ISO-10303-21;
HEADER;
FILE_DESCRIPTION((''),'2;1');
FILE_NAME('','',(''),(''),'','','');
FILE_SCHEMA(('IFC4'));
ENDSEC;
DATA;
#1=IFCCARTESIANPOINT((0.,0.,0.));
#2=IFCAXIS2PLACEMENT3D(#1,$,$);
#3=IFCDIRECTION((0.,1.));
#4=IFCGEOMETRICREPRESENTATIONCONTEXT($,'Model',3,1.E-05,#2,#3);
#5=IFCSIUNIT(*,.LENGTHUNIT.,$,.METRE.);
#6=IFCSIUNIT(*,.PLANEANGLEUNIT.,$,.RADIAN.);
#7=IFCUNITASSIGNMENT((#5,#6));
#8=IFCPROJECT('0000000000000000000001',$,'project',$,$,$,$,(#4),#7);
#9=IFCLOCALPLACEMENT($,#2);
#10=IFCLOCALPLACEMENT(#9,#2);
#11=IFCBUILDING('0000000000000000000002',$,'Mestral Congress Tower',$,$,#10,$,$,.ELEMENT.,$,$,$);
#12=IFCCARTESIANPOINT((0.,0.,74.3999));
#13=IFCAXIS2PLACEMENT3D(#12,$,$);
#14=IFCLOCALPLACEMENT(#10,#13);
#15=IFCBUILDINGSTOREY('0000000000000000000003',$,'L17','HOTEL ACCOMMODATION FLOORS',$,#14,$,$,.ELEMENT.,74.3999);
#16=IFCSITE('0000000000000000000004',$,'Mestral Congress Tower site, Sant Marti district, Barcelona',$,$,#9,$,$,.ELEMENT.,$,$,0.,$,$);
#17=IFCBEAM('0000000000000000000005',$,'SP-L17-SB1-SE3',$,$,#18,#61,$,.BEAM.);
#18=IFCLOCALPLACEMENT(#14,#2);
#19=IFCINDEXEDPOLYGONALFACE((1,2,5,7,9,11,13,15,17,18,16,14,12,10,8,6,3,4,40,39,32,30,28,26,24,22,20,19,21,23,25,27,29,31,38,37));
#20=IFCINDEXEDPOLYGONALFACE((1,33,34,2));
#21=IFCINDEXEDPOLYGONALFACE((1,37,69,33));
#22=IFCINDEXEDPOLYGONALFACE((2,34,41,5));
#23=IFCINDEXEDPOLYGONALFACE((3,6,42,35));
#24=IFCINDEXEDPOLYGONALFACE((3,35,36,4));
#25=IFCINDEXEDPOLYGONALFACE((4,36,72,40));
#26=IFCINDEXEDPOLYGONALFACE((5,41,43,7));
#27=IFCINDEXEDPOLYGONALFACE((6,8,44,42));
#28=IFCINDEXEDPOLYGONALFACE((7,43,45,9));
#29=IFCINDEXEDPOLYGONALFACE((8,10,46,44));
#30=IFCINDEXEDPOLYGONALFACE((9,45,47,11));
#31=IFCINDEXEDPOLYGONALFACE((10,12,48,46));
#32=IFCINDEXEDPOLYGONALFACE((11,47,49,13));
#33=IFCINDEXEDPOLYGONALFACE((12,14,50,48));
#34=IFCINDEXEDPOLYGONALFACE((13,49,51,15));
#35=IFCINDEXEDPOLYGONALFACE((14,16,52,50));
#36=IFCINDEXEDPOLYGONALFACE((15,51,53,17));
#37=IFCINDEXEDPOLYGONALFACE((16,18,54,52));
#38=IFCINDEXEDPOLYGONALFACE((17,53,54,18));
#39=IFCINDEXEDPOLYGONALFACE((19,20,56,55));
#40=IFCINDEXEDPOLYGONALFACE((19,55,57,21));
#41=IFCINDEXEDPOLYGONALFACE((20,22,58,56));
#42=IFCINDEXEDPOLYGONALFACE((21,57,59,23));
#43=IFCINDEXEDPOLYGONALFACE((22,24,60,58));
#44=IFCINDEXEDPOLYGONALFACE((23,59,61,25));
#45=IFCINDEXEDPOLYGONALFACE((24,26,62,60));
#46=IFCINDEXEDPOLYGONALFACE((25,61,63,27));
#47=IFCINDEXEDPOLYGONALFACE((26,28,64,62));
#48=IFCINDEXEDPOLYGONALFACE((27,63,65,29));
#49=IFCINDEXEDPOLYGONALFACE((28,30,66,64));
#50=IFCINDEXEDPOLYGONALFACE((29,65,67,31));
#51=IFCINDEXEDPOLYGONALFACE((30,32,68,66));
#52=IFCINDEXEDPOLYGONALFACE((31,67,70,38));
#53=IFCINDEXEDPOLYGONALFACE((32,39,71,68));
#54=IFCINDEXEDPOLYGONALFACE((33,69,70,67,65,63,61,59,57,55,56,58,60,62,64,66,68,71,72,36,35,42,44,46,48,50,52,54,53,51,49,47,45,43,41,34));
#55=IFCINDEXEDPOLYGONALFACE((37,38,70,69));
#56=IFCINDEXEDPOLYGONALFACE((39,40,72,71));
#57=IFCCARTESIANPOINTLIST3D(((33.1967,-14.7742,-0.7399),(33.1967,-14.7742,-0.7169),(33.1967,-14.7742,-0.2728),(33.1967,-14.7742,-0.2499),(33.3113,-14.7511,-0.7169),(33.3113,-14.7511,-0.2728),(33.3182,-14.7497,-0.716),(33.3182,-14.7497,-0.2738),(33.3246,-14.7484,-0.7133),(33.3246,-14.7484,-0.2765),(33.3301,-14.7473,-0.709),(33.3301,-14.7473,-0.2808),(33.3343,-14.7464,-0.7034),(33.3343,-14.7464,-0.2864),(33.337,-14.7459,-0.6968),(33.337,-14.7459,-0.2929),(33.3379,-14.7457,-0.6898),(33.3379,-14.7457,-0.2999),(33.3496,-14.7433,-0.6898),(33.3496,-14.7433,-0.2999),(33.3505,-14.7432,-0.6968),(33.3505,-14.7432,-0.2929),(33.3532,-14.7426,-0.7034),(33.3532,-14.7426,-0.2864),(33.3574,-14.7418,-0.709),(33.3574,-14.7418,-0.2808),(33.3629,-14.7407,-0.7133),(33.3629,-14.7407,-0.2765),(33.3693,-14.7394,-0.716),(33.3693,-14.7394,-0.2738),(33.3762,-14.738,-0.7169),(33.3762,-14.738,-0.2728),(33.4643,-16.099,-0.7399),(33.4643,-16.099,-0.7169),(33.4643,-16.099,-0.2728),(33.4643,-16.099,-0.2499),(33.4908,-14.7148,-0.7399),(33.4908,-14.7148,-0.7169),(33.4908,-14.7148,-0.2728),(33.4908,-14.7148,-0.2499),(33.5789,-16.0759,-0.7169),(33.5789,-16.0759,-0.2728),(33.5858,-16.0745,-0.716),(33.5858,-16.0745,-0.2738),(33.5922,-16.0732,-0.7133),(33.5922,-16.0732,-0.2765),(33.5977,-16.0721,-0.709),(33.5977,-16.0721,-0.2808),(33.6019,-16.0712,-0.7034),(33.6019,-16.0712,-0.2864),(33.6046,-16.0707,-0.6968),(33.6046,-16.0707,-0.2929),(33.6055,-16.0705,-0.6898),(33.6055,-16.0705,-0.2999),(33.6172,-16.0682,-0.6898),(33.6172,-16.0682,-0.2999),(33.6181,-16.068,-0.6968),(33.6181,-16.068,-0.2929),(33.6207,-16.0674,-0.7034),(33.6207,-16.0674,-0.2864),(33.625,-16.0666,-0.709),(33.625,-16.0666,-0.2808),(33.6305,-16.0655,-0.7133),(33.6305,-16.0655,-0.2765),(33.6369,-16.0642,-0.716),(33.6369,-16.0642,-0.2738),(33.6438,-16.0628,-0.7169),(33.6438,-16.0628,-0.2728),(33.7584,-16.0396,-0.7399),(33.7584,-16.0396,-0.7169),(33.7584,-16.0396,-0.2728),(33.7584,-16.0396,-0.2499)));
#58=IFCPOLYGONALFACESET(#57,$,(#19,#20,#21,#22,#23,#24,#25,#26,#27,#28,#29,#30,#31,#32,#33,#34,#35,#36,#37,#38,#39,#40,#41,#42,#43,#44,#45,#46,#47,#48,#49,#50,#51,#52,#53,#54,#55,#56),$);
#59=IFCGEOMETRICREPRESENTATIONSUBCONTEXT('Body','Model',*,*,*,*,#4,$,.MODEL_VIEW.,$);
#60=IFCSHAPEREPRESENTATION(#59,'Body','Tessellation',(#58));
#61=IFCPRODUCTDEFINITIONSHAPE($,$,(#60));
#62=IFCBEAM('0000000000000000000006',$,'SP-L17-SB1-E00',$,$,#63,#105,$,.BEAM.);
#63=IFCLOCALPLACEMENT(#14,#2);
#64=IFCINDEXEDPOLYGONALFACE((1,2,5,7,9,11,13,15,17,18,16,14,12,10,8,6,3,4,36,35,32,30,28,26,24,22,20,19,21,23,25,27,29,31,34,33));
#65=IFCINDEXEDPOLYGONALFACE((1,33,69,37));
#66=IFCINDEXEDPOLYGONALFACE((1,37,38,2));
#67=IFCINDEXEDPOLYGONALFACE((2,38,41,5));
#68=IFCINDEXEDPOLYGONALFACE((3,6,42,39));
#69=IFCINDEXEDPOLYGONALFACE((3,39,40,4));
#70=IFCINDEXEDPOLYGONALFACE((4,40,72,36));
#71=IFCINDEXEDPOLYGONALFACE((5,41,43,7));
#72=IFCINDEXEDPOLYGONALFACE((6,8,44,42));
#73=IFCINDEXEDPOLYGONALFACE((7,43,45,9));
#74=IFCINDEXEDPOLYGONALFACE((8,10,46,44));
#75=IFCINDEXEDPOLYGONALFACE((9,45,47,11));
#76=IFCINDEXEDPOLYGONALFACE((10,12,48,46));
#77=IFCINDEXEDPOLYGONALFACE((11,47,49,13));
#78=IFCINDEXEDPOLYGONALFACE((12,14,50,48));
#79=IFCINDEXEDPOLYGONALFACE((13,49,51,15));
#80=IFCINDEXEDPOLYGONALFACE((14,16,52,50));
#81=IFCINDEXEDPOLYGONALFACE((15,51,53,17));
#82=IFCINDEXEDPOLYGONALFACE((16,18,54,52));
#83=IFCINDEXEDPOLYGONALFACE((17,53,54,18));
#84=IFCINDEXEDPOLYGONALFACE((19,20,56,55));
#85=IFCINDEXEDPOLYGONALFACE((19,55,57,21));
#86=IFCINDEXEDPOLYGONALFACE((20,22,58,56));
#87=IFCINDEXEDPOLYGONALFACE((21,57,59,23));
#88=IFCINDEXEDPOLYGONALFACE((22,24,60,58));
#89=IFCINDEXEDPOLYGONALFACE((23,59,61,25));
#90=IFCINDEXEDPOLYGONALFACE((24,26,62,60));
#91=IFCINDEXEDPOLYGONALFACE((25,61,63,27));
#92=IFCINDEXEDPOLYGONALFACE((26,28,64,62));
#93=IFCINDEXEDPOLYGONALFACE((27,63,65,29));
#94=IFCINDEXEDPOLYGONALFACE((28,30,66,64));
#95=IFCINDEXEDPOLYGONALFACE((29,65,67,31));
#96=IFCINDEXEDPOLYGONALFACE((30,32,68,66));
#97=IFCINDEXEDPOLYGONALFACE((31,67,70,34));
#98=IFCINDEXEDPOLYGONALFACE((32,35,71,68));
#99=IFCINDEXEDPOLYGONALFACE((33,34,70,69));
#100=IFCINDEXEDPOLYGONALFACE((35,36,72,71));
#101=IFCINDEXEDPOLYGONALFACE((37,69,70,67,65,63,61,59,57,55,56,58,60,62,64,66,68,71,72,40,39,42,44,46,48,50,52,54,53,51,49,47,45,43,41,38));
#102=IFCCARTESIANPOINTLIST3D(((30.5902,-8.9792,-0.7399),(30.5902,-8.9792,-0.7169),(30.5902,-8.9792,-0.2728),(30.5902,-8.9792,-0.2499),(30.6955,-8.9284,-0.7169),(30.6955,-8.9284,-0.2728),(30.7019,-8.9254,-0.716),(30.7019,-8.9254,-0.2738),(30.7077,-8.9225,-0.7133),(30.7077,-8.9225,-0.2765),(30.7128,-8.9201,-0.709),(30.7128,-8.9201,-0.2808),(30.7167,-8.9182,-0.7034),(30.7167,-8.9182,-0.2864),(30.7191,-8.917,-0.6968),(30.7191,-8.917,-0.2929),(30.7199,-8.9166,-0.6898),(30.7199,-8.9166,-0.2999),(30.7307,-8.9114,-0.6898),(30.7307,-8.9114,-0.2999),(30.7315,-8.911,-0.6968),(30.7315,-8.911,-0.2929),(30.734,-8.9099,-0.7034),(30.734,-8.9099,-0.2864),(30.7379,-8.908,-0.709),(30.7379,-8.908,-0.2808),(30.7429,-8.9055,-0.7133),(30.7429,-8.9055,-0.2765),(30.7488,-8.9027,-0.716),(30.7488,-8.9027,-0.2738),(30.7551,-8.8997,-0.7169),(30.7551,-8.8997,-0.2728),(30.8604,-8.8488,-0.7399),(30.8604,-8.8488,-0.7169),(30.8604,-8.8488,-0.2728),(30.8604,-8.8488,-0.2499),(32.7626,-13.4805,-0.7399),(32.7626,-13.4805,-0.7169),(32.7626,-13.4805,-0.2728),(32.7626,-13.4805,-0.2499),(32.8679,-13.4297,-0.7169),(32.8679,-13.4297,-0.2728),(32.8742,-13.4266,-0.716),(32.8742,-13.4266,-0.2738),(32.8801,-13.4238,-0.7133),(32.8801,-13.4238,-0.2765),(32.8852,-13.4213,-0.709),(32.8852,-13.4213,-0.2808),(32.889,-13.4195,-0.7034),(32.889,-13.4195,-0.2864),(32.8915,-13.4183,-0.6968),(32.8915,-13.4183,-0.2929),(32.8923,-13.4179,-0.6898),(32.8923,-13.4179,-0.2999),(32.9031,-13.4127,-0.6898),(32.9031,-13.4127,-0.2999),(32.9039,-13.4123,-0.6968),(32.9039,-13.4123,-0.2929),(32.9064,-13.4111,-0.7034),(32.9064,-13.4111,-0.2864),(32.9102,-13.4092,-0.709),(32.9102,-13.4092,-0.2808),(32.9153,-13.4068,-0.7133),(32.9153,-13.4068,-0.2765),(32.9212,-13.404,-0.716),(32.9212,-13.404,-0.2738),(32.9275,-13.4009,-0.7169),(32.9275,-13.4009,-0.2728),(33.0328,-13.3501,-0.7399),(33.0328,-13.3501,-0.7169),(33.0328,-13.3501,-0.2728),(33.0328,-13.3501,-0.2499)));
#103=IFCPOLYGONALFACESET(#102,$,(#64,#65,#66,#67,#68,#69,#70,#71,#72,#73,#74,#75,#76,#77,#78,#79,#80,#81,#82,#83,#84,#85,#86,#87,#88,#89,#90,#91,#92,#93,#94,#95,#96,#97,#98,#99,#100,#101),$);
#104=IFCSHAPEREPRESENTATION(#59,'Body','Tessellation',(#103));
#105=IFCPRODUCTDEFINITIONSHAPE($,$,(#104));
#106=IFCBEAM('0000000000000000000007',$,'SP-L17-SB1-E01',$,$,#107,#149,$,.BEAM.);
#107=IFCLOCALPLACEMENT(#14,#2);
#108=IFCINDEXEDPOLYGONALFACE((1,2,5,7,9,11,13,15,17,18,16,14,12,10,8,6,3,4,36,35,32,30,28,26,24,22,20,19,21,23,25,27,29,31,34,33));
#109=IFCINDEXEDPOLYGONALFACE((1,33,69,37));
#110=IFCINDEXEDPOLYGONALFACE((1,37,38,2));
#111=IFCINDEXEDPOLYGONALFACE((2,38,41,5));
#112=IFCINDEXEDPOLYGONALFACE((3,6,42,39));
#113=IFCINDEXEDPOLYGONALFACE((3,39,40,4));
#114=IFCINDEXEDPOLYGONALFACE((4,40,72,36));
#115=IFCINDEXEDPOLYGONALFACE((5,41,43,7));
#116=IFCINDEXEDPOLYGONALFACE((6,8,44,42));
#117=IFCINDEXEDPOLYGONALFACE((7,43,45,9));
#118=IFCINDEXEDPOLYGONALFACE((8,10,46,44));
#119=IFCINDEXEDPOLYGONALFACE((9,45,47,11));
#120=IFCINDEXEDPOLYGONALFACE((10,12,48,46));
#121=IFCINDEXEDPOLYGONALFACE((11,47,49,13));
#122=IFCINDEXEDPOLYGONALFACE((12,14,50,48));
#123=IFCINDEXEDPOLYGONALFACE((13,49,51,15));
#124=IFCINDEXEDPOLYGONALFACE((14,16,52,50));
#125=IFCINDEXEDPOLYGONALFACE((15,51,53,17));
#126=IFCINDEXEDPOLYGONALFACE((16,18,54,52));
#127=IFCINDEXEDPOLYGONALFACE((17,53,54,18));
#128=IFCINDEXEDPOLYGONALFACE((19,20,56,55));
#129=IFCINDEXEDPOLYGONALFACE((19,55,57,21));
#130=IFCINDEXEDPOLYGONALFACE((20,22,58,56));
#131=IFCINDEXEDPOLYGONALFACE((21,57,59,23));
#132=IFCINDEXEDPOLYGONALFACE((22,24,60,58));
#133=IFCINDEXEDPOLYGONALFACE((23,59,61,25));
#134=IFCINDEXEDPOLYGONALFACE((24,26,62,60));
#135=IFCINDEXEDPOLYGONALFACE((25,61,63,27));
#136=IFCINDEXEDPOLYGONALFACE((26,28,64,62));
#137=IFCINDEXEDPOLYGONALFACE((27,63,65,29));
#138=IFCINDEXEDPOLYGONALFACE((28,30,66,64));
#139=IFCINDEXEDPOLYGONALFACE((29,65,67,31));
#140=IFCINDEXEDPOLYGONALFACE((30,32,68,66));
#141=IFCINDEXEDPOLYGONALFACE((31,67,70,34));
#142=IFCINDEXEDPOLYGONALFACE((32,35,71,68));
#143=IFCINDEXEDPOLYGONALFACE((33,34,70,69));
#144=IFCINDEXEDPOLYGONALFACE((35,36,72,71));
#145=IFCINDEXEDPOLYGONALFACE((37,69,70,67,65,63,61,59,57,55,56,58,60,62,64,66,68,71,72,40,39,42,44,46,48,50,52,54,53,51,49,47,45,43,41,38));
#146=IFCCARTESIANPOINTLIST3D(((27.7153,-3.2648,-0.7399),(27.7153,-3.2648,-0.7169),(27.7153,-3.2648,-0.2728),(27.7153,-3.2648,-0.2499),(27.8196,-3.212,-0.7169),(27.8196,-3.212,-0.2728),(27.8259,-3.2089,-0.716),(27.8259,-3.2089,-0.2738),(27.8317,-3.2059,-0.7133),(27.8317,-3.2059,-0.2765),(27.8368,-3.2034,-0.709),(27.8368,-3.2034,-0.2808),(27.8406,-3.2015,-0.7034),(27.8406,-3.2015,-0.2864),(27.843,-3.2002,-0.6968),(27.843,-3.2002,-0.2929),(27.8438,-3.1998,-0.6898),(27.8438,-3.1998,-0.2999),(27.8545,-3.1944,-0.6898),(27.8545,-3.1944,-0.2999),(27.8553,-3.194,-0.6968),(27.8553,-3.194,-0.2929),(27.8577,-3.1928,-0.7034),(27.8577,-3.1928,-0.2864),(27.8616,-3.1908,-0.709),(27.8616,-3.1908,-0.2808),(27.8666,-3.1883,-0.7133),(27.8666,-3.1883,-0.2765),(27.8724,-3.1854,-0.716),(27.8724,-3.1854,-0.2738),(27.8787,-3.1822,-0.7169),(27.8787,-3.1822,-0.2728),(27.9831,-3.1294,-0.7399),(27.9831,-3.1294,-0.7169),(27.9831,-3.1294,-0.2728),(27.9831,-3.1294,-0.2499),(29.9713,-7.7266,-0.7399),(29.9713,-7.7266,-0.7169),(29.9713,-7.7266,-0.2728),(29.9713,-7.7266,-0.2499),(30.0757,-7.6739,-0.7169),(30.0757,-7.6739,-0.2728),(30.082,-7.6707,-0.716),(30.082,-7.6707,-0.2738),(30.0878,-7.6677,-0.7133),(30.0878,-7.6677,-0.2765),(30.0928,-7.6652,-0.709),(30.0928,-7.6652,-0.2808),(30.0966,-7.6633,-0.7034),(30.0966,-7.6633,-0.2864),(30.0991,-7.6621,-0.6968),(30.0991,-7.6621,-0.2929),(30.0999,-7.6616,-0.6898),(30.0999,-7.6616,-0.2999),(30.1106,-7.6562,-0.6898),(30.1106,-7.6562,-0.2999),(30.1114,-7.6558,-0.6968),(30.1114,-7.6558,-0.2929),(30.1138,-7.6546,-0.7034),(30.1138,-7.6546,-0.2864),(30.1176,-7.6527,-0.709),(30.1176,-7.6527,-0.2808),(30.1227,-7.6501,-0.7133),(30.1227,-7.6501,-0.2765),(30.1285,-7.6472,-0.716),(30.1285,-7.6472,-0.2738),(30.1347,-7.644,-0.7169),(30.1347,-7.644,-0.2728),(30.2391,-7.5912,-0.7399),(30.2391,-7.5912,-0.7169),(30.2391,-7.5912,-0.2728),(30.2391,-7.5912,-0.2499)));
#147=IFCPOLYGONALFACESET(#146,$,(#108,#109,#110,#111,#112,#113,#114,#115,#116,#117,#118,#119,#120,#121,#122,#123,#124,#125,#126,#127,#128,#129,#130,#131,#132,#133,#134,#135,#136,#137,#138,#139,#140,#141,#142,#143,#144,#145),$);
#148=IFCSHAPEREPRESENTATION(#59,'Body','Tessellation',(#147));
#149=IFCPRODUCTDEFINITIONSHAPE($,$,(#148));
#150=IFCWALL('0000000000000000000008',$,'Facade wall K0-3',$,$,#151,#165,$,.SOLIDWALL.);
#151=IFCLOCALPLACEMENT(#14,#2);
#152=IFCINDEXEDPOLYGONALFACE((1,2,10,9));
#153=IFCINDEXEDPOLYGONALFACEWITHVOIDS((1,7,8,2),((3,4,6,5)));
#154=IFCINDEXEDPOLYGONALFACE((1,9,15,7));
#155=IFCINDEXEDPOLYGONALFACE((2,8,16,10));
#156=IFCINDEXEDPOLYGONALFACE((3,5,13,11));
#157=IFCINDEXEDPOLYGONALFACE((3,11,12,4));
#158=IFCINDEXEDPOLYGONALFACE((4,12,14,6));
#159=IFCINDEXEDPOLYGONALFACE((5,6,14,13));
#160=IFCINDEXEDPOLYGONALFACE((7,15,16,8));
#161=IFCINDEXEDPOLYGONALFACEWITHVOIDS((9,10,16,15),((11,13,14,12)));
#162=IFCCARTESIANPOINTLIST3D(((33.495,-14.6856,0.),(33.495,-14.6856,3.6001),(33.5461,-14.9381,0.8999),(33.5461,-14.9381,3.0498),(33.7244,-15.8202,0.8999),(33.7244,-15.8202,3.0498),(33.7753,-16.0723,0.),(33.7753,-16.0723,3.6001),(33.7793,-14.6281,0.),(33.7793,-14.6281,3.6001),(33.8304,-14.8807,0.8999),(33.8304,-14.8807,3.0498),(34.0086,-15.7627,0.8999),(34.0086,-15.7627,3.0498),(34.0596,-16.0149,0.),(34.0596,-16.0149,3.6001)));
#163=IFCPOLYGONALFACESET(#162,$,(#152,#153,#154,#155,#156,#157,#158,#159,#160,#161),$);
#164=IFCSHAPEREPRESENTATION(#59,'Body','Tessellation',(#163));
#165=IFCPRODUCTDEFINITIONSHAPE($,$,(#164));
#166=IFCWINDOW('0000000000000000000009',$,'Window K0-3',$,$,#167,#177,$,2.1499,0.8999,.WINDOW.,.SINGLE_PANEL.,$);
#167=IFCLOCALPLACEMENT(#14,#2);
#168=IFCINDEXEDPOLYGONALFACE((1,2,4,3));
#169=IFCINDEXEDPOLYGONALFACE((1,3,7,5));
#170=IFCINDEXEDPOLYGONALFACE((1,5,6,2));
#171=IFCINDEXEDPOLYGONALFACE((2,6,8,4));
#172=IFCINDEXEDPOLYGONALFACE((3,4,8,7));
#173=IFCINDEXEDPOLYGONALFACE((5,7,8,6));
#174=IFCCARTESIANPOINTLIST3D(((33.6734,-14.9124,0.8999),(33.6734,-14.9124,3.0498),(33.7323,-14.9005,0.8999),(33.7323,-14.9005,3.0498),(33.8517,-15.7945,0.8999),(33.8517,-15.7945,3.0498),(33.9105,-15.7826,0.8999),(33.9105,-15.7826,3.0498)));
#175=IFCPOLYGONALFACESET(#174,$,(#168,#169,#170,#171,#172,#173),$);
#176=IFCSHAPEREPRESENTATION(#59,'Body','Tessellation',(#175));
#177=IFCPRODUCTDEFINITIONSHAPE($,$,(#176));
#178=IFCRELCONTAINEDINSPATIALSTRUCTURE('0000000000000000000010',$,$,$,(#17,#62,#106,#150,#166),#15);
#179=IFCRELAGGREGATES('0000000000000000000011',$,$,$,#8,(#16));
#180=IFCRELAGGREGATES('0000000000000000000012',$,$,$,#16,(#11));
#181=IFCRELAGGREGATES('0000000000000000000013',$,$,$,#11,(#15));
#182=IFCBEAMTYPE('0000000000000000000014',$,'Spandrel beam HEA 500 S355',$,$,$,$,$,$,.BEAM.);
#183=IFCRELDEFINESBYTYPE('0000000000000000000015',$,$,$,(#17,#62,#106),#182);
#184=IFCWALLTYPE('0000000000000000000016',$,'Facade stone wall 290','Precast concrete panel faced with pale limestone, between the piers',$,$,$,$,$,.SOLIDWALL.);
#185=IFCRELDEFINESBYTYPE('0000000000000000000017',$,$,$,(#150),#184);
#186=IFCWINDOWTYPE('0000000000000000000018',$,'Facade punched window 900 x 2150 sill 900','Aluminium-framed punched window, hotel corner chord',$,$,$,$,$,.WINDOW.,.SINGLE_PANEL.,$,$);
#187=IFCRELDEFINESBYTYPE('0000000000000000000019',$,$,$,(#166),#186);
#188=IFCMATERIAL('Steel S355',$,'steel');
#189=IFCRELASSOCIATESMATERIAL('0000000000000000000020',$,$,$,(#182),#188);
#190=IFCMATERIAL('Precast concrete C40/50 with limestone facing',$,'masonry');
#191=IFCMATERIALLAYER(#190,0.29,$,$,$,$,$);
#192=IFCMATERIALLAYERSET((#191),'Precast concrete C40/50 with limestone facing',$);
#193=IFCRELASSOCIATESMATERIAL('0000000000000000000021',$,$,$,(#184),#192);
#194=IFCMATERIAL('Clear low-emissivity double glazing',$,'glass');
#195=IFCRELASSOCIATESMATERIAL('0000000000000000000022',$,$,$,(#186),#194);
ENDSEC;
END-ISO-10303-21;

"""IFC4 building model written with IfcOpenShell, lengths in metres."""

from ifc_helpers import new_model, si_unit, direction, frame, frame_2d, origin, origin_2d, place, context, subcontext, project, spatial, rectangle, i_section, extrude, material, layer, layer_set, material_profile, profile_set, type_object, element, fill, save


model = new_model("IFC4")

# Units and contexts
model_context = context("Model", 3, precision=1e-05, world=origin(), true_north=direction((0.0, 1.0)))
body_context = subcontext(model_context, "Body", "Model", "MODEL_VIEW")
ifc_project = project(units=[si_unit("LENGTHUNIT", "METRE"), si_unit("PLANEANGLEUNIT", "RADIAN")], contexts=[model_context])

# Site, building, storey
site_placement = place(None, origin())
site = spatial("IfcSite", under=ifc_project, at=site_placement, Name="Mestral Congress Tower site, Sant Marti district, Barcelona", CompositionType="ELEMENT", RefElevation=0.0)
building_placement = place(site_placement, origin())
building = spatial("IfcBuilding", under=site, at=building_placement, Name="Mestral Congress Tower", CompositionType="ELEMENT")
storey_placement = place(building_placement, frame((0.0, 0.0, 74.3999)))
storey = spatial("IfcBuildingStorey", under=building, at=storey_placement, Name="L17", Description="HOTEL ACCOMMODATION FLOORS", CompositionType="ELEMENT", Elevation=74.3999)

# Beams
ifc_material_1 = material(Name="Steel S355", Category="steel")
ifc_material_profile_1 = material_profile(ifc_material_1, i_section(OverallWidth=0.3, OverallDepth=0.49, WebThickness=0.012, FlangeThickness=0.0229, FilletRadius=0.0271, at=origin_2d()), Name="HEA 500")
ifc_profile_set_1 = profile_set([ifc_material_profile_1], Name="Steel S355")
beam_type_1 = type_object("IfcBeamType", Name="Spandrel beam HEA 500 S355", PredefinedType="BEAM", material=ifc_profile_set_1)
beam_1_placement = place(storey_placement, frame((33.6113, -16.0693, -0.4949), z_axis=(-0.197992, 0.980204, 0.0), x_axis=(-0.980204, -0.197992, 0.0)))
element("IfcBeam", 1, at=beam_1_placement, inside=storey, type_object=beam_type_1, Name="SP-L17-SB1-SE3", PredefinedType="BEAM", context=body_context, shape_type="SweptSolid", body=[
    extrude(i_section(OverallWidth=0.3, OverallDepth=0.49, WebThickness=0.012, FlangeThickness=0.0229, FilletRadius=0.0271, at=origin_2d()), origin(), (0.0, 0.0, 1.0), 1.3516),
])
beam_2_placement = place(storey_placement, frame((32.8977, -13.4153, -0.4949), z_axis=(-0.434645, 0.900602, 0.0), x_axis=(-0.900602, -0.434645, 0.0)))
element("IfcBeam", 2, at=beam_2_placement, inside=storey, type_object=beam_type_1, Name="SP-L17-SB1-E00", PredefinedType="BEAM", context=body_context, shape_type="SweptSolid", body=[
    extrude(i_section(OverallWidth=0.3, OverallDepth=0.49, WebThickness=0.012, FlangeThickness=0.0229, FilletRadius=0.0271, at=origin_2d()), origin(), (0.0, 0.0, 1.0), 4.998),
])
beam_3_placement = place(storey_placement, frame((30.1052, -7.6589, -0.4949), z_axis=(-0.451233, 0.892406, 0.0), x_axis=(-0.892406, -0.451233, 0.0)))
element("IfcBeam", 3, at=beam_3_placement, inside=storey, type_object=beam_type_1, Name="SP-L17-SB1-E01", PredefinedType="BEAM", context=body_context, shape_type="SweptSolid", body=[
    extrude(i_section(OverallWidth=0.3, OverallDepth=0.49, WebThickness=0.012, FlangeThickness=0.0229, FilletRadius=0.0271, at=origin_2d()), origin(), (0.0, 0.0, 1.0), 4.9998),
])

# Wall, opening, window
ifc_material_2 = material(Name="Precast concrete C40/50 with limestone facing", Category="masonry")
ifc_layer_1 = layer(ifc_material_2, 0.29)
ifc_layer_set_1 = layer_set([ifc_layer_1], Name="Precast concrete C40/50 with limestone facing")
wall_type_1 = type_object("IfcWallType", Name="Facade stone wall 290", Description="Precast concrete panel faced with pale limestone, between the piers", PredefinedType="SOLIDWALL", material=ifc_layer_set_1)
wall_1_placement = place(storey_placement, frame((33.9175, -16.0437, 0.0), z_axis=(0.0, 0.0, 1.0), x_axis=(-0.198107, 0.98018, 0.0)))
wall_1 = element("IfcWall", 4, at=wall_1_placement, inside=storey, type_object=wall_type_1, Name="Facade wall K0-3", PredefinedType="SOLIDWALL", context=body_context, shape_type="SweptSolid", body=[
    extrude(rectangle(XDim=1.4148, YDim=0.29, at=frame_2d((0.7075, 0.0))), origin(), (0.0, 0.0, 1.0), 3.6001),
])
opening_1_placement = place(wall_1_placement, frame((0.2573, 0.0, 0.8999)))
opening_1 = element("IfcOpeningElement", 5, at=opening_1_placement, cuts=wall_1, PredefinedType="OPENING", context=body_context, shape_type="SweptSolid", body=[
    extrude(rectangle(XDim=0.8999, YDim=2.1499, at=frame_2d((0.45, 1.075))), frame((0.0, 0.155, 0.0), z_axis=(0.0, -1.0, 0.0), x_axis=(1.0, 0.0, 0.0)), (0.0, 0.0, 1.0), 0.3101),
])
ifc_material_3 = material(Name="Clear low-emissivity double glazing", Category="glass")
window_type_1 = type_object("IfcWindowType", Name="Facade punched window 900 x 2150 sill 900", Description="Aluminium-framed punched window, hotel corner chord", PartitioningType="SINGLE_PANEL", PredefinedType="WINDOW", material=ifc_material_3)
window_1_placement = place(opening_1_placement, origin())
window_1 = element("IfcWindow", 6, at=window_1_placement, inside=storey, type_object=window_type_1, Name="Window K0-3", OverallHeight=2.1499, OverallWidth=0.8999, PartitioningType="SINGLE_PANEL", PredefinedType="WINDOW", context=body_context, shape_type="SweptSolid", body=[
    extrude(rectangle(XDim=0.8999, YDim=2.1499, at=frame_2d((0.45, 1.075))), frame((0.0, 0.0151, 0.0), z_axis=(0.0, -1.0, 0.0), x_axis=(1.0, 0.0, 0.0)), (0.0, 0.0, 1.0), 0.0601),
])
fill(opening_1, window_1)

save(model, "model.ifc")
